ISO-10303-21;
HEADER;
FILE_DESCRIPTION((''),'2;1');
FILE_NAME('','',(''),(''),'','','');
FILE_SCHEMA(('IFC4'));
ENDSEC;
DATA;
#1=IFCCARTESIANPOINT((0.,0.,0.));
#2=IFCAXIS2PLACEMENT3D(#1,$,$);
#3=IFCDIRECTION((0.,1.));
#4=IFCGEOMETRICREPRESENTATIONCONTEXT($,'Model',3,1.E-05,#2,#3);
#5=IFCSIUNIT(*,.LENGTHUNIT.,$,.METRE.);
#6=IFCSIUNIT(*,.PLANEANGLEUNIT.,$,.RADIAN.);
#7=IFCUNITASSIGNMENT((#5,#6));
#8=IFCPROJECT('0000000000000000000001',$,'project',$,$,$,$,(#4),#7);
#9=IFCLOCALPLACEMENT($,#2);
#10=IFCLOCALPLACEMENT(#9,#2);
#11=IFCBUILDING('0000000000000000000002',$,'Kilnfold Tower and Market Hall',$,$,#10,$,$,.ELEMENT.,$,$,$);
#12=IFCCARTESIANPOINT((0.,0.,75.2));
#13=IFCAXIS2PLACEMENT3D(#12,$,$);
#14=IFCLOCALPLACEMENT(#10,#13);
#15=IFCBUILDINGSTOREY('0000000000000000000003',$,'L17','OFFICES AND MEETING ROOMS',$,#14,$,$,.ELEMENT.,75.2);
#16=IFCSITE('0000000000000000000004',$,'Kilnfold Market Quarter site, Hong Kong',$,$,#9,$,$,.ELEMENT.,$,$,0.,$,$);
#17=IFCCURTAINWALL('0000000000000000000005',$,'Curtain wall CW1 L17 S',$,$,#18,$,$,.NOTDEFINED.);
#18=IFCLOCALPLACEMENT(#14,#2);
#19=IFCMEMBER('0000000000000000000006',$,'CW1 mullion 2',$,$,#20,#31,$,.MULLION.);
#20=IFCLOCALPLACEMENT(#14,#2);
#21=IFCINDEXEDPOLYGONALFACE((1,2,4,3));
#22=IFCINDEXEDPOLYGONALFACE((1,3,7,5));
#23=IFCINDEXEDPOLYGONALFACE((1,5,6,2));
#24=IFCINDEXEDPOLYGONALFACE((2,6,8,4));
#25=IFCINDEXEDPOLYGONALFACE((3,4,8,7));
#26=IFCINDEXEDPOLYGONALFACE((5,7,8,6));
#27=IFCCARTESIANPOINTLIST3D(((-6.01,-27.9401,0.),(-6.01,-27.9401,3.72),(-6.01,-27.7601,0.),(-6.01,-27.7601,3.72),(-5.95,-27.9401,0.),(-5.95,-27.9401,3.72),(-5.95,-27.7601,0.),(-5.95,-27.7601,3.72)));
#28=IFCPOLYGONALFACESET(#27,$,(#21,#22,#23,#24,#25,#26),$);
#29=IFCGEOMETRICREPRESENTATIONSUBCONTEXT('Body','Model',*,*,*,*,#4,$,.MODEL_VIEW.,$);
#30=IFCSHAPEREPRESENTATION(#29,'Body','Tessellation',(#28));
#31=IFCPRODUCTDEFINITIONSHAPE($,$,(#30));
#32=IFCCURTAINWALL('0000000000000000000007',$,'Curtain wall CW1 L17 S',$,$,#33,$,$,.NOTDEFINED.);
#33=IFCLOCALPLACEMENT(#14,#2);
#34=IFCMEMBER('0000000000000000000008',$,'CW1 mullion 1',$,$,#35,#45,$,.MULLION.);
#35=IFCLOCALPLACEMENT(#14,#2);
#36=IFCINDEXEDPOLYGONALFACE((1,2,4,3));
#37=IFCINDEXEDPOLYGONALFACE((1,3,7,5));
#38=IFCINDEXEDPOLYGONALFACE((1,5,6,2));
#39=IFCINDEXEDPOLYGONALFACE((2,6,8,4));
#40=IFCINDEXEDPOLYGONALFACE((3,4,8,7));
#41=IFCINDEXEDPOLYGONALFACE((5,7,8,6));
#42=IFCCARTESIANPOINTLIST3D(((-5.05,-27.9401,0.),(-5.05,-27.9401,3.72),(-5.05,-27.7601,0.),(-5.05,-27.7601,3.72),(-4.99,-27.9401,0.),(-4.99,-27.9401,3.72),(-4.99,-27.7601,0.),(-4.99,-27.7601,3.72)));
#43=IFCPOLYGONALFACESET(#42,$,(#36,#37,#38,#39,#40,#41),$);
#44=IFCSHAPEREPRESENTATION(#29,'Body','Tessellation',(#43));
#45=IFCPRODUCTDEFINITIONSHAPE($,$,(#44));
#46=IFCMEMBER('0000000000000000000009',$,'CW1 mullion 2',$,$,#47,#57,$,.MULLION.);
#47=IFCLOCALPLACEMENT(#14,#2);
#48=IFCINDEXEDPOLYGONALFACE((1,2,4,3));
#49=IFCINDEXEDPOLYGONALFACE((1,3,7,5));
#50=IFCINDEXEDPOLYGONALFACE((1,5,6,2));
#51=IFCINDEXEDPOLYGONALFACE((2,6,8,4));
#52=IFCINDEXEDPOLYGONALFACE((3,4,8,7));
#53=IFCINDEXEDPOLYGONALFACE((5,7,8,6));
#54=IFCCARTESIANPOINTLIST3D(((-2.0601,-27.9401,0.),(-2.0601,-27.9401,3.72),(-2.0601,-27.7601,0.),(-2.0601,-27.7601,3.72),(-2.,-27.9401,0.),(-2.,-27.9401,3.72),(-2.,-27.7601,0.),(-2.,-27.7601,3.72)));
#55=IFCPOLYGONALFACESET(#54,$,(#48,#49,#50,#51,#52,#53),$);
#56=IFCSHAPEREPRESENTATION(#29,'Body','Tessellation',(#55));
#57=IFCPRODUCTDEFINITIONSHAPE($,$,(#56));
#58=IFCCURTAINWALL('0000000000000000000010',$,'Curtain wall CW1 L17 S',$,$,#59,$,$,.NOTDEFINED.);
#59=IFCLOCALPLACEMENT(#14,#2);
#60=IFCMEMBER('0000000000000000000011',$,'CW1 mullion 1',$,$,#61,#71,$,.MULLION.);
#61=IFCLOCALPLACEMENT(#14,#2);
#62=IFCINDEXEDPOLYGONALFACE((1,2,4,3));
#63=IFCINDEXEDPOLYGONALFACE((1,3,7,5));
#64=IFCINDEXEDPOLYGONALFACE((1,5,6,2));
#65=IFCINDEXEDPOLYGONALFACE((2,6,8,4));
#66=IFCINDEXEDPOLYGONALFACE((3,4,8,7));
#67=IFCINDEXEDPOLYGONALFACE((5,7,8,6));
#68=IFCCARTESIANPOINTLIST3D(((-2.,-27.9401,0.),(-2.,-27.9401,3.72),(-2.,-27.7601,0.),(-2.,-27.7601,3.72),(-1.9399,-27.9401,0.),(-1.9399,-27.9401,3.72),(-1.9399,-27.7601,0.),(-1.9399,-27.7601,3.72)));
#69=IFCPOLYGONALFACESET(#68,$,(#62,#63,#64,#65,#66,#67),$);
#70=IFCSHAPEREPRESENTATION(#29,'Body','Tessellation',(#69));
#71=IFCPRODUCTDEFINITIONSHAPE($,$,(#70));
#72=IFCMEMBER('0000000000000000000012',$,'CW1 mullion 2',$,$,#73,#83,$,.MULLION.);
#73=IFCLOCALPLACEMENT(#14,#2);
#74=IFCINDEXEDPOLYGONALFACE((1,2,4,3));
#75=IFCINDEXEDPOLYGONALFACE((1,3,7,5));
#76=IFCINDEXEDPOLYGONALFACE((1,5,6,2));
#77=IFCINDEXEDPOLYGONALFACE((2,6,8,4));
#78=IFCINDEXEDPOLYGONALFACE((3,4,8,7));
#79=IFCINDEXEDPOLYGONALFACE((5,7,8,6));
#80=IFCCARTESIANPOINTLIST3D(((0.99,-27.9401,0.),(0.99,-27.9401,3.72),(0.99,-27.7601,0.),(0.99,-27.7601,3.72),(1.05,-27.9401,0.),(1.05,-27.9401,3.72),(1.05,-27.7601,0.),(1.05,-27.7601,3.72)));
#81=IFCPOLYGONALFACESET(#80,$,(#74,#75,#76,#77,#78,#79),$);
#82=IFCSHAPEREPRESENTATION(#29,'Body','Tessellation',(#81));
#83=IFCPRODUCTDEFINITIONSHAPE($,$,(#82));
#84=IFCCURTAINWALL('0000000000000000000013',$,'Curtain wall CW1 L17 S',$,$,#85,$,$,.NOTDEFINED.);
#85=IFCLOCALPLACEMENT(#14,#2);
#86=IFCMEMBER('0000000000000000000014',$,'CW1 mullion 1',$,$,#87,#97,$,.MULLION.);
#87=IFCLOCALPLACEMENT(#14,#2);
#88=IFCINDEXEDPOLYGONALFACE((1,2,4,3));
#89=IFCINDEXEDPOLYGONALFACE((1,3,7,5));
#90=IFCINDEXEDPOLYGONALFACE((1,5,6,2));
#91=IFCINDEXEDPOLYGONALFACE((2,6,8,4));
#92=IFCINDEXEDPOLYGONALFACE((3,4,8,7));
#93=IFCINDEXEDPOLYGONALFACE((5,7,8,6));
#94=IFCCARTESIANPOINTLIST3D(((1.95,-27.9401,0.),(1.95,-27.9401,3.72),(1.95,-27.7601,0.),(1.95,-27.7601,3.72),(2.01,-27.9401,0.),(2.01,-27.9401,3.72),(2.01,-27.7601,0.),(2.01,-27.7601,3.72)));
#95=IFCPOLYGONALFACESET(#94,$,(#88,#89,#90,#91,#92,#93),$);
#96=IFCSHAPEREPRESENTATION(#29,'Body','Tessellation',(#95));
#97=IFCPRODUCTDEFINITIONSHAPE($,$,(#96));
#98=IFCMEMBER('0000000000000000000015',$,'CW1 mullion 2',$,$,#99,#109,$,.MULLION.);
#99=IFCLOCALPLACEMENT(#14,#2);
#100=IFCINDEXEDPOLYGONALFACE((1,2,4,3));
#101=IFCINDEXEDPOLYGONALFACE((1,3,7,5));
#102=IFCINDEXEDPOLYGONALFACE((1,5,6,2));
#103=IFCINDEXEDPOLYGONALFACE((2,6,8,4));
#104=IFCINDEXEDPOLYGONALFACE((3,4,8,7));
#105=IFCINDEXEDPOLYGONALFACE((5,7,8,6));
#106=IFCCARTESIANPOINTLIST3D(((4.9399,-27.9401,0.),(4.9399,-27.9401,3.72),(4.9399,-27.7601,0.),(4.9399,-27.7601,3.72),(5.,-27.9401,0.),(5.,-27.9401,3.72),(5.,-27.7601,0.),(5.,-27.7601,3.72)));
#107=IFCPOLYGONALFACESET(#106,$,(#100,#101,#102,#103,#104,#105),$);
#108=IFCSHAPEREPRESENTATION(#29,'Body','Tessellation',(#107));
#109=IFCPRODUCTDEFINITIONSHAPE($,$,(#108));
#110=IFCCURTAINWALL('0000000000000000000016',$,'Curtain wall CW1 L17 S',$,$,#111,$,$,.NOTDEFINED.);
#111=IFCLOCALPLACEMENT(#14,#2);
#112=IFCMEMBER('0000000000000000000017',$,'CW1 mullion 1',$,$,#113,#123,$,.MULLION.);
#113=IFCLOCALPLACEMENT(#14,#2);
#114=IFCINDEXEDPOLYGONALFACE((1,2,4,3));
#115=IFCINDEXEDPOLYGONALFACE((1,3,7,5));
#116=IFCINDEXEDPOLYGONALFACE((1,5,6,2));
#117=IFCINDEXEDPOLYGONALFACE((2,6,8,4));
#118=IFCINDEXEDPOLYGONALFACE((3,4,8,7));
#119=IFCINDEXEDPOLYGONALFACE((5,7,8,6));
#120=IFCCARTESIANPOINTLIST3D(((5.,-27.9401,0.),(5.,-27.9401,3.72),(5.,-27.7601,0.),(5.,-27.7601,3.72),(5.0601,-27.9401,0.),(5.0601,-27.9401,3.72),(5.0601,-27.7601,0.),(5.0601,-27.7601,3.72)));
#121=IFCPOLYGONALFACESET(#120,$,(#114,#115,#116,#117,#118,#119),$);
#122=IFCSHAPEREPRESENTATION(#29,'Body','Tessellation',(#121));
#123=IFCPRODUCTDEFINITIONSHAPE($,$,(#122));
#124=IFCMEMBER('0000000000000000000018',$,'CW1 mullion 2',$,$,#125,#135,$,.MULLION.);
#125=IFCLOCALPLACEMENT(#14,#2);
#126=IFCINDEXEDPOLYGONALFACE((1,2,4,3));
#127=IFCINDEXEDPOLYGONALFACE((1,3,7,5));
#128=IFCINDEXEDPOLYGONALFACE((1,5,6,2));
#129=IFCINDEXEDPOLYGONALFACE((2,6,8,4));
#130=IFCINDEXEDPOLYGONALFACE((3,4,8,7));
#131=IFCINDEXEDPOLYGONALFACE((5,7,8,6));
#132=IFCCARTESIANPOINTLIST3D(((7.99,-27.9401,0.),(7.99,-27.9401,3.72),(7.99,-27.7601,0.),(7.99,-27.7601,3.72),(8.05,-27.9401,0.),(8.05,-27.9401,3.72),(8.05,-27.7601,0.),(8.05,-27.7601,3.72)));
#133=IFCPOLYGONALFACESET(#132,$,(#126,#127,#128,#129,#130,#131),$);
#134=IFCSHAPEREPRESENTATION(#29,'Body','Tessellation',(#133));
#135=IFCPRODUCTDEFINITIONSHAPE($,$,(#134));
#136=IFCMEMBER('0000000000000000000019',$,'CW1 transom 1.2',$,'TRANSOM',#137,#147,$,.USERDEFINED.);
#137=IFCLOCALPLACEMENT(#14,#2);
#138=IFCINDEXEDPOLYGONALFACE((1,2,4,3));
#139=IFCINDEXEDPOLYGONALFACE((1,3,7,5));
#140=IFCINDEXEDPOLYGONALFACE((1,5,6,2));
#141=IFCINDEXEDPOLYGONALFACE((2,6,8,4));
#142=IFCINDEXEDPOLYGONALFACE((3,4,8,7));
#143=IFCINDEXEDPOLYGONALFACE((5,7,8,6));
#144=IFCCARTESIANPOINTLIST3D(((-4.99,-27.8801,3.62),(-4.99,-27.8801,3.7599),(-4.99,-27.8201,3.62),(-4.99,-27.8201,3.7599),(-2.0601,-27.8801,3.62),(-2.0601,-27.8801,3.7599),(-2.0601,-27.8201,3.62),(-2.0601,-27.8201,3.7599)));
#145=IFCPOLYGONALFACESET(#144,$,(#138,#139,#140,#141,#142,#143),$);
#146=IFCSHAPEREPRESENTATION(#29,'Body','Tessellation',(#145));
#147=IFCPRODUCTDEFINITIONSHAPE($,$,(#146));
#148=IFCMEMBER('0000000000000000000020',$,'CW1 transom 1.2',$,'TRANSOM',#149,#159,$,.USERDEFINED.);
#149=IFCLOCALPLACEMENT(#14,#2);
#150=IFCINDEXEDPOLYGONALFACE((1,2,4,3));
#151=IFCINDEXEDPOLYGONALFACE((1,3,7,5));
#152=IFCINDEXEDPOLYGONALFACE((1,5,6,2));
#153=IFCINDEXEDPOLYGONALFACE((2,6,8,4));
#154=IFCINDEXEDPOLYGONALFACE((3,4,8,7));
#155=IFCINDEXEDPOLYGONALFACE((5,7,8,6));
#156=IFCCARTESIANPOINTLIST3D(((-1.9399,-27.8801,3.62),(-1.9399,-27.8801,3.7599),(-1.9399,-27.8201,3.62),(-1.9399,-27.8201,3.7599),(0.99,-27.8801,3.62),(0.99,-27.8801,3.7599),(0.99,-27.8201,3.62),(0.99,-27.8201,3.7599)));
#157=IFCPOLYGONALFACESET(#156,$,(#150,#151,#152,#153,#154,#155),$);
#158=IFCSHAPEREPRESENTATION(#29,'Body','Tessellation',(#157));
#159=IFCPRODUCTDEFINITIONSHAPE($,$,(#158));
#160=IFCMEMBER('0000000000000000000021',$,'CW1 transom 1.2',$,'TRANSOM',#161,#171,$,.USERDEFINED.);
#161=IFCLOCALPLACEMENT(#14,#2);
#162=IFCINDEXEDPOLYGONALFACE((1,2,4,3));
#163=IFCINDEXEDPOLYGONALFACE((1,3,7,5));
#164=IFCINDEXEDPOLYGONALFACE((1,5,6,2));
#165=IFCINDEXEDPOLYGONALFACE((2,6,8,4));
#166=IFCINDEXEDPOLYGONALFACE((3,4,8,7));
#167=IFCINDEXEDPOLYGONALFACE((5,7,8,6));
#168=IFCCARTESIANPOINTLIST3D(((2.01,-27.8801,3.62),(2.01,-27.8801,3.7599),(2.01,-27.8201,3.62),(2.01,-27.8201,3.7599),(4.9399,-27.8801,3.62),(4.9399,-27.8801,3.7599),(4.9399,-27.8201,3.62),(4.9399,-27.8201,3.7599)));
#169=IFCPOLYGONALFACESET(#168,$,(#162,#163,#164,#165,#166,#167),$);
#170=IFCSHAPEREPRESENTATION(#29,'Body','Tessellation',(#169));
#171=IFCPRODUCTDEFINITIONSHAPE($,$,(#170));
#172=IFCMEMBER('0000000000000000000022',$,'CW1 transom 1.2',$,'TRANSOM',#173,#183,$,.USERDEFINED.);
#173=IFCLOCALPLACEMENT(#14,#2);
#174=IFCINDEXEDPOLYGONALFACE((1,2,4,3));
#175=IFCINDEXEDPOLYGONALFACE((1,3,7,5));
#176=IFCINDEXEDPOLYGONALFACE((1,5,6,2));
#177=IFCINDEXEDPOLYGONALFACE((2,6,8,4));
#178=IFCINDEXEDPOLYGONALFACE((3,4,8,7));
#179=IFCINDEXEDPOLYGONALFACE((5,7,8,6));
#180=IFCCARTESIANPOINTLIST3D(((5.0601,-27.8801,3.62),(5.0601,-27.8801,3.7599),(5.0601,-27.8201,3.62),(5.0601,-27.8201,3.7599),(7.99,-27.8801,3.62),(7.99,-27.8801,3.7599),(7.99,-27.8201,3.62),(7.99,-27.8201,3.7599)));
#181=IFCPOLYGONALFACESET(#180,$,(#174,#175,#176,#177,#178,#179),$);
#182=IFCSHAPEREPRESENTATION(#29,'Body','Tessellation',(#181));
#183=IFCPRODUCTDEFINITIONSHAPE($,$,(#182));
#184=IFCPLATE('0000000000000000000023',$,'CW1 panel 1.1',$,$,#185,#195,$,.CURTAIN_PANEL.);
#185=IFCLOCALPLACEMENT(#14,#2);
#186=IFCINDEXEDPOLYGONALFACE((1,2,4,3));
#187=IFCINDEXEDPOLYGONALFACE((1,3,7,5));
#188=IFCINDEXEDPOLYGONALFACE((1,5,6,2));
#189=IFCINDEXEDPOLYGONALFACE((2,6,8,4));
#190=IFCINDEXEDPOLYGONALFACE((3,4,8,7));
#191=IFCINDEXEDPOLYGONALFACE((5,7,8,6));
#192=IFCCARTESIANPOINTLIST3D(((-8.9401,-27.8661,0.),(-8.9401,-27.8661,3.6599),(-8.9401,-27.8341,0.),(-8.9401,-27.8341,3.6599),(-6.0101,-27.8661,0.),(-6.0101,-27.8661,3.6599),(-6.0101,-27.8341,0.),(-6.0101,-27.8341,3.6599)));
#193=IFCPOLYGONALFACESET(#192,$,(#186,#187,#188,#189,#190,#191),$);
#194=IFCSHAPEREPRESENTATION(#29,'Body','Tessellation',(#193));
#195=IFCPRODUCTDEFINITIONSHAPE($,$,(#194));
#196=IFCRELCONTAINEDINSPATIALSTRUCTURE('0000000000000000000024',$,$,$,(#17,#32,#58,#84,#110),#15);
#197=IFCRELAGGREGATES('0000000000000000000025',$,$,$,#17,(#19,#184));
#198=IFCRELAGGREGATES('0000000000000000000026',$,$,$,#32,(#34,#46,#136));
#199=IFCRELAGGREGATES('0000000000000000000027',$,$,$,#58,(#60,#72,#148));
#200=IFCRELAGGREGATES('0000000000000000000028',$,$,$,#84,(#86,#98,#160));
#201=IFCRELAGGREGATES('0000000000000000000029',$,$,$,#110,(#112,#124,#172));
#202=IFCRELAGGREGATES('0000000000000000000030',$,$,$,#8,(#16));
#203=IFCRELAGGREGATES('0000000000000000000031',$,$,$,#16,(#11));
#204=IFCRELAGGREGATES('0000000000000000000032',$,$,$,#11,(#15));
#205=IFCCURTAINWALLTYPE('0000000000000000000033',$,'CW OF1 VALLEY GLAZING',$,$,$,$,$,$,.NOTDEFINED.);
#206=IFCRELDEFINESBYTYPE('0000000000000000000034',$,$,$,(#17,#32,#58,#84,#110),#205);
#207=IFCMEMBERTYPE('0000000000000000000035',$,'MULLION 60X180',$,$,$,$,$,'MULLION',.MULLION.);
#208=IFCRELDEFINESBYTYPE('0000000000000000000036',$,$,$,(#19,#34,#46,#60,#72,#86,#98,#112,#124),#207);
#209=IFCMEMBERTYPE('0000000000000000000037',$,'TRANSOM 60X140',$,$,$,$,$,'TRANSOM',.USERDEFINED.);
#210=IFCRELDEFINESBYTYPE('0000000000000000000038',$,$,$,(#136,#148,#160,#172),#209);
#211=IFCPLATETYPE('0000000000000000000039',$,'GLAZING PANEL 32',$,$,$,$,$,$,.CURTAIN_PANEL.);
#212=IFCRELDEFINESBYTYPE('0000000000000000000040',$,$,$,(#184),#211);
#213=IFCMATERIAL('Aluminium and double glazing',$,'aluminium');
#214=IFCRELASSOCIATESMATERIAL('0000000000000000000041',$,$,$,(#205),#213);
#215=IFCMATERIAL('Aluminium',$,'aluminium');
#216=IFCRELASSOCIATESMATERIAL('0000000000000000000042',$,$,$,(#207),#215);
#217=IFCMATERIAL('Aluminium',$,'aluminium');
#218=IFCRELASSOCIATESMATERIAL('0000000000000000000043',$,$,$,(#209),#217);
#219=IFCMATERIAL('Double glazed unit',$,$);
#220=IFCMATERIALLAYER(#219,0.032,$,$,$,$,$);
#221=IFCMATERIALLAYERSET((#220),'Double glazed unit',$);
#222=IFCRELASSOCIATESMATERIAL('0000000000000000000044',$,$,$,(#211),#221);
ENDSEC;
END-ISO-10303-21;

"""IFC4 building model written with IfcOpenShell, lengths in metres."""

from ifc_helpers import new_model, si_unit, direction, frame, origin, origin_2d, place, context, subcontext, project, spatial, rectangle, extrude, source, transform, mapped, material, layer, layer_set, material_profile, profile_set, type_object, element, aggregate, save


model = new_model("IFC4")

# Units and contexts
model_context = context("Model", 3, precision=1e-05, world=origin(), true_north=direction((0.0, 1.0)))
body_context = subcontext(model_context, "Body", "Model", "MODEL_VIEW")
ifc_project = project(units=[si_unit("LENGTHUNIT", "METRE"), si_unit("PLANEANGLEUNIT", "RADIAN")], contexts=[model_context])

# Site, building, storey
site_placement = place(None, origin())
site = spatial("IfcSite", under=ifc_project, at=site_placement, Name="Kilnfold Market Quarter site, Hong Kong", CompositionType="ELEMENT", RefElevation=0.0)
building_placement = place(site_placement, origin())
building = spatial("IfcBuilding", under=site, at=building_placement, Name="Kilnfold Tower and Market Hall", CompositionType="ELEMENT")
storey_placement = place(building_placement, frame((0.0, 0.0, 75.2)))
storey = spatial("IfcBuildingStorey", under=building, at=storey_placement, Name="L17", Description="OFFICES AND MEETING ROOMS", CompositionType="ELEMENT", Elevation=75.2)

# Curtain wall, member
ifc_material_1 = material(Name="Aluminium and double glazing", Category="aluminium")
curtain_wall_type = type_object("IfcCurtainWallType", Name="CW OF1 VALLEY GLAZING", PredefinedType="NOTDEFINED", material=ifc_material_1)
curtain_wall_1_placement = place(storey_placement, origin())
curtain_wall_1 = element("IfcCurtainWall", 1, at=curtain_wall_1_placement, inside=storey, type_object=curtain_wall_type, Name="Curtain wall CW1 L17 S", PredefinedType="NOTDEFINED")
ifc_material_2 = material(Name="Aluminium", Category="aluminium")
ifc_material_profile_1 = material_profile(ifc_material_2, rectangle(XDim=0.0601, YDim=0.1799, at=origin_2d()), Name="MULLION 60x180")
ifc_profile_set_1 = profile_set([ifc_material_profile_1], Name="Aluminium")
member_type_1 = type_object("IfcMemberType", Name="MULLION 60X180", ElementType="MULLION", PredefinedType="MULLION", material=ifc_profile_set_1)
shared_shape_1 = source(origin(), body_context, "Body", "SweptSolid", [
    extrude(rectangle(XDim=0.0601, YDim=0.1799, at=origin_2d()), origin(), (0.0, 0.0, 1.0), 3.72),
])
member_1_placement = place(storey_placement, frame((-5.98, -27.8501, 0.0), z_axis=(0.0, 0.0, 1.0), x_axis=(1.0, 0.0, 0.0)))
member_1 = element("IfcMember", 2, at=member_1_placement, type_object=member_type_1, Name="CW1 mullion 2", PredefinedType="MULLION", context=body_context, shape_type="MappedRepresentation", body=[
    mapped(shared_shape_1, transform((0.0, 0.0, 0.0))),
])

# Curtain walls, members
curtain_wall_2_placement = place(storey_placement, origin())
curtain_wall_2 = element("IfcCurtainWall", 3, at=curtain_wall_2_placement, inside=storey, type_object=curtain_wall_type, Name="Curtain wall CW1 L17 S", PredefinedType="NOTDEFINED")
member_2_placement = place(storey_placement, frame((-5.02, -27.8501, 0.0), z_axis=(0.0, 0.0, 1.0), x_axis=(1.0, 0.0, 0.0)))
member_2 = element("IfcMember", 4, at=member_2_placement, type_object=member_type_1, Name="CW1 mullion 1", PredefinedType="MULLION", context=body_context, shape_type="MappedRepresentation", body=[
    mapped(shared_shape_1, transform((0.0, 0.0, 0.0))),
])
member_3_placement = place(storey_placement, frame((-2.03, -27.8501, 0.0), z_axis=(0.0, 0.0, 1.0), x_axis=(1.0, 0.0, 0.0)))
member_3 = element("IfcMember", 5, at=member_3_placement, type_object=member_type_1, Name="CW1 mullion 2", PredefinedType="MULLION", context=body_context, shape_type="MappedRepresentation", body=[
    mapped(shared_shape_1, transform((0.0, 0.0, 0.0))),
])
curtain_wall_3_placement = place(storey_placement, origin())
curtain_wall_3 = element("IfcCurtainWall", 6, at=curtain_wall_3_placement, inside=storey, type_object=curtain_wall_type, Name="Curtain wall CW1 L17 S", PredefinedType="NOTDEFINED")
member_4_placement = place(storey_placement, frame((-1.97, -27.8501, 0.0), z_axis=(0.0, 0.0, 1.0), x_axis=(1.0, 0.0, 0.0)))
member_4 = element("IfcMember", 7, at=member_4_placement, type_object=member_type_1, Name="CW1 mullion 1", PredefinedType="MULLION", context=body_context, shape_type="MappedRepresentation", body=[
    mapped(shared_shape_1, transform((0.0, 0.0, 0.0))),
])
member_5_placement = place(storey_placement, frame((1.02, -27.8501, 0.0), z_axis=(0.0, 0.0, 1.0), x_axis=(1.0, 0.0, 0.0)))
member_5 = element("IfcMember", 8, at=member_5_placement, type_object=member_type_1, Name="CW1 mullion 2", PredefinedType="MULLION", context=body_context, shape_type="MappedRepresentation", body=[
    mapped(shared_shape_1, transform((0.0, 0.0, 0.0))),
])
curtain_wall_4_placement = place(storey_placement, origin())
curtain_wall_4 = element("IfcCurtainWall", 9, at=curtain_wall_4_placement, inside=storey, type_object=curtain_wall_type, Name="Curtain wall CW1 L17 S", PredefinedType="NOTDEFINED")
member_6_placement = place(storey_placement, frame((1.98, -27.8501, 0.0), z_axis=(0.0, 0.0, 1.0), x_axis=(1.0, 0.0, 0.0)))
member_6 = element("IfcMember", 10, at=member_6_placement, type_object=member_type_1, Name="CW1 mullion 1", PredefinedType="MULLION", context=body_context, shape_type="MappedRepresentation", body=[
    mapped(shared_shape_1, transform((0.0, 0.0, 0.0))),
])
member_7_placement = place(storey_placement, frame((4.97, -27.8501, 0.0), z_axis=(0.0, 0.0, 1.0), x_axis=(1.0, 0.0, 0.0)))
member_7 = element("IfcMember", 11, at=member_7_placement, type_object=member_type_1, Name="CW1 mullion 2", PredefinedType="MULLION", context=body_context, shape_type="MappedRepresentation", body=[
    mapped(shared_shape_1, transform((0.0, 0.0, 0.0))),
])
curtain_wall_5_placement = place(storey_placement, origin())
curtain_wall_5 = element("IfcCurtainWall", 12, at=curtain_wall_5_placement, inside=storey, type_object=curtain_wall_type, Name="Curtain wall CW1 L17 S", PredefinedType="NOTDEFINED")
member_8_placement = place(storey_placement, frame((5.03, -27.8501, 0.0), z_axis=(0.0, 0.0, 1.0), x_axis=(1.0, 0.0, 0.0)))
member_8 = element("IfcMember", 13, at=member_8_placement, type_object=member_type_1, Name="CW1 mullion 1", PredefinedType="MULLION", context=body_context, shape_type="MappedRepresentation", body=[
    mapped(shared_shape_1, transform((0.0, 0.0, 0.0))),
])
member_9_placement = place(storey_placement, frame((8.02, -27.8501, 0.0), z_axis=(0.0, 0.0, 1.0), x_axis=(1.0, 0.0, 0.0)))
member_9 = element("IfcMember", 14, at=member_9_placement, type_object=member_type_1, Name="CW1 mullion 2", PredefinedType="MULLION", context=body_context, shape_type="MappedRepresentation", body=[
    mapped(shared_shape_1, transform((0.0, 0.0, 0.0))),
])

# Members
ifc_material_3 = material(Name="Aluminium", Category="aluminium")
ifc_material_profile_2 = material_profile(ifc_material_3, rectangle(XDim=0.0601, YDim=0.1399, at=origin_2d()), Name="TRANSOM 60x140")
ifc_profile_set_2 = profile_set([ifc_material_profile_2], Name="Aluminium")
member_type_2 = type_object("IfcMemberType", Name="TRANSOM 60X140", ElementType="TRANSOM", PredefinedType="USERDEFINED", material=ifc_profile_set_2)
shared_shape_2 = source(origin(), body_context, "Body", "SweptSolid", [
    extrude(rectangle(XDim=0.0601, YDim=0.1399, at=origin_2d()), origin(), (0.0, 0.0, 1.0), 2.9299),
])
member_10_placement = place(storey_placement, frame((-4.99, -27.8501, 3.6899), z_axis=(1.0, 0.0, 0.0), x_axis=(0.0, 1.0, 0.0)))
member_10 = element("IfcMember", 15, at=member_10_placement, type_object=member_type_2, Name="CW1 transom 1.2", ObjectType="TRANSOM", PredefinedType="USERDEFINED", context=body_context, shape_type="MappedRepresentation", body=[
    mapped(shared_shape_2, transform((0.0, 0.0, 0.0))),
])
member_11_placement = place(storey_placement, frame((-1.9399, -27.8501, 3.6899), z_axis=(1.0, 0.0, 0.0), x_axis=(0.0, 1.0, 0.0)))
member_11 = element("IfcMember", 16, at=member_11_placement, type_object=member_type_2, Name="CW1 transom 1.2", ObjectType="TRANSOM", PredefinedType="USERDEFINED", context=body_context, shape_type="MappedRepresentation", body=[
    mapped(shared_shape_2, transform((0.0, 0.0, 0.0))),
])
member_12_placement = place(storey_placement, frame((2.01, -27.8501, 3.6899), z_axis=(1.0, 0.0, 0.0), x_axis=(0.0, 1.0, 0.0)))
member_12 = element("IfcMember", 17, at=member_12_placement, type_object=member_type_2, Name="CW1 transom 1.2", ObjectType="TRANSOM", PredefinedType="USERDEFINED", context=body_context, shape_type="MappedRepresentation", body=[
    mapped(shared_shape_2, transform((0.0, 0.0, 0.0))),
])
member_13_placement = place(storey_placement, frame((5.0601, -27.8501, 3.6899), z_axis=(1.0, 0.0, 0.0), x_axis=(0.0, 1.0, 0.0)))
member_13 = element("IfcMember", 18, at=member_13_placement, type_object=member_type_2, Name="CW1 transom 1.2", ObjectType="TRANSOM", PredefinedType="USERDEFINED", context=body_context, shape_type="MappedRepresentation", body=[
    mapped(shared_shape_2, transform((0.0, 0.0, 0.0))),
])

# Plate
ifc_material_4 = material(Name="Double glazed unit")
ifc_layer_1 = layer(ifc_material_4, 0.032)
ifc_layer_set_1 = layer_set([ifc_layer_1], Name="Double glazed unit")
plate_type = type_object("IfcPlateType", Name="GLAZING PANEL 32", PredefinedType="CURTAIN_PANEL", material=ifc_layer_set_1)
shared_shape_3 = source(origin(), body_context, "Body", "SweptSolid", [
    extrude(rectangle(XDim=2.9299, YDim=0.032, at=origin_2d()), origin(), (0.0, 0.0, 1.0), 3.6599),
])
plate_1_placement = place(storey_placement, frame((-7.4751, -27.8501, 0.0), z_axis=(0.0, 0.0, 1.0), x_axis=(1.0, 0.0, 0.0)))
plate_1 = element("IfcPlate", 19, at=plate_1_placement, type_object=plate_type, Name="CW1 panel 1.1", PredefinedType="CURTAIN_PANEL", context=body_context, shape_type="MappedRepresentation", body=[
    mapped(shared_shape_3, transform((0.0, 0.0, 0.0))),
])
aggregate(curtain_wall_1, [member_1, plate_1])
aggregate(curtain_wall_2, [member_2, member_3, member_10])
aggregate(curtain_wall_3, [member_4, member_5, member_11])
aggregate(curtain_wall_4, [member_6, member_7, member_12])
aggregate(curtain_wall_5, [member_8, member_9, member_13])

save(model, "model.ifc")
